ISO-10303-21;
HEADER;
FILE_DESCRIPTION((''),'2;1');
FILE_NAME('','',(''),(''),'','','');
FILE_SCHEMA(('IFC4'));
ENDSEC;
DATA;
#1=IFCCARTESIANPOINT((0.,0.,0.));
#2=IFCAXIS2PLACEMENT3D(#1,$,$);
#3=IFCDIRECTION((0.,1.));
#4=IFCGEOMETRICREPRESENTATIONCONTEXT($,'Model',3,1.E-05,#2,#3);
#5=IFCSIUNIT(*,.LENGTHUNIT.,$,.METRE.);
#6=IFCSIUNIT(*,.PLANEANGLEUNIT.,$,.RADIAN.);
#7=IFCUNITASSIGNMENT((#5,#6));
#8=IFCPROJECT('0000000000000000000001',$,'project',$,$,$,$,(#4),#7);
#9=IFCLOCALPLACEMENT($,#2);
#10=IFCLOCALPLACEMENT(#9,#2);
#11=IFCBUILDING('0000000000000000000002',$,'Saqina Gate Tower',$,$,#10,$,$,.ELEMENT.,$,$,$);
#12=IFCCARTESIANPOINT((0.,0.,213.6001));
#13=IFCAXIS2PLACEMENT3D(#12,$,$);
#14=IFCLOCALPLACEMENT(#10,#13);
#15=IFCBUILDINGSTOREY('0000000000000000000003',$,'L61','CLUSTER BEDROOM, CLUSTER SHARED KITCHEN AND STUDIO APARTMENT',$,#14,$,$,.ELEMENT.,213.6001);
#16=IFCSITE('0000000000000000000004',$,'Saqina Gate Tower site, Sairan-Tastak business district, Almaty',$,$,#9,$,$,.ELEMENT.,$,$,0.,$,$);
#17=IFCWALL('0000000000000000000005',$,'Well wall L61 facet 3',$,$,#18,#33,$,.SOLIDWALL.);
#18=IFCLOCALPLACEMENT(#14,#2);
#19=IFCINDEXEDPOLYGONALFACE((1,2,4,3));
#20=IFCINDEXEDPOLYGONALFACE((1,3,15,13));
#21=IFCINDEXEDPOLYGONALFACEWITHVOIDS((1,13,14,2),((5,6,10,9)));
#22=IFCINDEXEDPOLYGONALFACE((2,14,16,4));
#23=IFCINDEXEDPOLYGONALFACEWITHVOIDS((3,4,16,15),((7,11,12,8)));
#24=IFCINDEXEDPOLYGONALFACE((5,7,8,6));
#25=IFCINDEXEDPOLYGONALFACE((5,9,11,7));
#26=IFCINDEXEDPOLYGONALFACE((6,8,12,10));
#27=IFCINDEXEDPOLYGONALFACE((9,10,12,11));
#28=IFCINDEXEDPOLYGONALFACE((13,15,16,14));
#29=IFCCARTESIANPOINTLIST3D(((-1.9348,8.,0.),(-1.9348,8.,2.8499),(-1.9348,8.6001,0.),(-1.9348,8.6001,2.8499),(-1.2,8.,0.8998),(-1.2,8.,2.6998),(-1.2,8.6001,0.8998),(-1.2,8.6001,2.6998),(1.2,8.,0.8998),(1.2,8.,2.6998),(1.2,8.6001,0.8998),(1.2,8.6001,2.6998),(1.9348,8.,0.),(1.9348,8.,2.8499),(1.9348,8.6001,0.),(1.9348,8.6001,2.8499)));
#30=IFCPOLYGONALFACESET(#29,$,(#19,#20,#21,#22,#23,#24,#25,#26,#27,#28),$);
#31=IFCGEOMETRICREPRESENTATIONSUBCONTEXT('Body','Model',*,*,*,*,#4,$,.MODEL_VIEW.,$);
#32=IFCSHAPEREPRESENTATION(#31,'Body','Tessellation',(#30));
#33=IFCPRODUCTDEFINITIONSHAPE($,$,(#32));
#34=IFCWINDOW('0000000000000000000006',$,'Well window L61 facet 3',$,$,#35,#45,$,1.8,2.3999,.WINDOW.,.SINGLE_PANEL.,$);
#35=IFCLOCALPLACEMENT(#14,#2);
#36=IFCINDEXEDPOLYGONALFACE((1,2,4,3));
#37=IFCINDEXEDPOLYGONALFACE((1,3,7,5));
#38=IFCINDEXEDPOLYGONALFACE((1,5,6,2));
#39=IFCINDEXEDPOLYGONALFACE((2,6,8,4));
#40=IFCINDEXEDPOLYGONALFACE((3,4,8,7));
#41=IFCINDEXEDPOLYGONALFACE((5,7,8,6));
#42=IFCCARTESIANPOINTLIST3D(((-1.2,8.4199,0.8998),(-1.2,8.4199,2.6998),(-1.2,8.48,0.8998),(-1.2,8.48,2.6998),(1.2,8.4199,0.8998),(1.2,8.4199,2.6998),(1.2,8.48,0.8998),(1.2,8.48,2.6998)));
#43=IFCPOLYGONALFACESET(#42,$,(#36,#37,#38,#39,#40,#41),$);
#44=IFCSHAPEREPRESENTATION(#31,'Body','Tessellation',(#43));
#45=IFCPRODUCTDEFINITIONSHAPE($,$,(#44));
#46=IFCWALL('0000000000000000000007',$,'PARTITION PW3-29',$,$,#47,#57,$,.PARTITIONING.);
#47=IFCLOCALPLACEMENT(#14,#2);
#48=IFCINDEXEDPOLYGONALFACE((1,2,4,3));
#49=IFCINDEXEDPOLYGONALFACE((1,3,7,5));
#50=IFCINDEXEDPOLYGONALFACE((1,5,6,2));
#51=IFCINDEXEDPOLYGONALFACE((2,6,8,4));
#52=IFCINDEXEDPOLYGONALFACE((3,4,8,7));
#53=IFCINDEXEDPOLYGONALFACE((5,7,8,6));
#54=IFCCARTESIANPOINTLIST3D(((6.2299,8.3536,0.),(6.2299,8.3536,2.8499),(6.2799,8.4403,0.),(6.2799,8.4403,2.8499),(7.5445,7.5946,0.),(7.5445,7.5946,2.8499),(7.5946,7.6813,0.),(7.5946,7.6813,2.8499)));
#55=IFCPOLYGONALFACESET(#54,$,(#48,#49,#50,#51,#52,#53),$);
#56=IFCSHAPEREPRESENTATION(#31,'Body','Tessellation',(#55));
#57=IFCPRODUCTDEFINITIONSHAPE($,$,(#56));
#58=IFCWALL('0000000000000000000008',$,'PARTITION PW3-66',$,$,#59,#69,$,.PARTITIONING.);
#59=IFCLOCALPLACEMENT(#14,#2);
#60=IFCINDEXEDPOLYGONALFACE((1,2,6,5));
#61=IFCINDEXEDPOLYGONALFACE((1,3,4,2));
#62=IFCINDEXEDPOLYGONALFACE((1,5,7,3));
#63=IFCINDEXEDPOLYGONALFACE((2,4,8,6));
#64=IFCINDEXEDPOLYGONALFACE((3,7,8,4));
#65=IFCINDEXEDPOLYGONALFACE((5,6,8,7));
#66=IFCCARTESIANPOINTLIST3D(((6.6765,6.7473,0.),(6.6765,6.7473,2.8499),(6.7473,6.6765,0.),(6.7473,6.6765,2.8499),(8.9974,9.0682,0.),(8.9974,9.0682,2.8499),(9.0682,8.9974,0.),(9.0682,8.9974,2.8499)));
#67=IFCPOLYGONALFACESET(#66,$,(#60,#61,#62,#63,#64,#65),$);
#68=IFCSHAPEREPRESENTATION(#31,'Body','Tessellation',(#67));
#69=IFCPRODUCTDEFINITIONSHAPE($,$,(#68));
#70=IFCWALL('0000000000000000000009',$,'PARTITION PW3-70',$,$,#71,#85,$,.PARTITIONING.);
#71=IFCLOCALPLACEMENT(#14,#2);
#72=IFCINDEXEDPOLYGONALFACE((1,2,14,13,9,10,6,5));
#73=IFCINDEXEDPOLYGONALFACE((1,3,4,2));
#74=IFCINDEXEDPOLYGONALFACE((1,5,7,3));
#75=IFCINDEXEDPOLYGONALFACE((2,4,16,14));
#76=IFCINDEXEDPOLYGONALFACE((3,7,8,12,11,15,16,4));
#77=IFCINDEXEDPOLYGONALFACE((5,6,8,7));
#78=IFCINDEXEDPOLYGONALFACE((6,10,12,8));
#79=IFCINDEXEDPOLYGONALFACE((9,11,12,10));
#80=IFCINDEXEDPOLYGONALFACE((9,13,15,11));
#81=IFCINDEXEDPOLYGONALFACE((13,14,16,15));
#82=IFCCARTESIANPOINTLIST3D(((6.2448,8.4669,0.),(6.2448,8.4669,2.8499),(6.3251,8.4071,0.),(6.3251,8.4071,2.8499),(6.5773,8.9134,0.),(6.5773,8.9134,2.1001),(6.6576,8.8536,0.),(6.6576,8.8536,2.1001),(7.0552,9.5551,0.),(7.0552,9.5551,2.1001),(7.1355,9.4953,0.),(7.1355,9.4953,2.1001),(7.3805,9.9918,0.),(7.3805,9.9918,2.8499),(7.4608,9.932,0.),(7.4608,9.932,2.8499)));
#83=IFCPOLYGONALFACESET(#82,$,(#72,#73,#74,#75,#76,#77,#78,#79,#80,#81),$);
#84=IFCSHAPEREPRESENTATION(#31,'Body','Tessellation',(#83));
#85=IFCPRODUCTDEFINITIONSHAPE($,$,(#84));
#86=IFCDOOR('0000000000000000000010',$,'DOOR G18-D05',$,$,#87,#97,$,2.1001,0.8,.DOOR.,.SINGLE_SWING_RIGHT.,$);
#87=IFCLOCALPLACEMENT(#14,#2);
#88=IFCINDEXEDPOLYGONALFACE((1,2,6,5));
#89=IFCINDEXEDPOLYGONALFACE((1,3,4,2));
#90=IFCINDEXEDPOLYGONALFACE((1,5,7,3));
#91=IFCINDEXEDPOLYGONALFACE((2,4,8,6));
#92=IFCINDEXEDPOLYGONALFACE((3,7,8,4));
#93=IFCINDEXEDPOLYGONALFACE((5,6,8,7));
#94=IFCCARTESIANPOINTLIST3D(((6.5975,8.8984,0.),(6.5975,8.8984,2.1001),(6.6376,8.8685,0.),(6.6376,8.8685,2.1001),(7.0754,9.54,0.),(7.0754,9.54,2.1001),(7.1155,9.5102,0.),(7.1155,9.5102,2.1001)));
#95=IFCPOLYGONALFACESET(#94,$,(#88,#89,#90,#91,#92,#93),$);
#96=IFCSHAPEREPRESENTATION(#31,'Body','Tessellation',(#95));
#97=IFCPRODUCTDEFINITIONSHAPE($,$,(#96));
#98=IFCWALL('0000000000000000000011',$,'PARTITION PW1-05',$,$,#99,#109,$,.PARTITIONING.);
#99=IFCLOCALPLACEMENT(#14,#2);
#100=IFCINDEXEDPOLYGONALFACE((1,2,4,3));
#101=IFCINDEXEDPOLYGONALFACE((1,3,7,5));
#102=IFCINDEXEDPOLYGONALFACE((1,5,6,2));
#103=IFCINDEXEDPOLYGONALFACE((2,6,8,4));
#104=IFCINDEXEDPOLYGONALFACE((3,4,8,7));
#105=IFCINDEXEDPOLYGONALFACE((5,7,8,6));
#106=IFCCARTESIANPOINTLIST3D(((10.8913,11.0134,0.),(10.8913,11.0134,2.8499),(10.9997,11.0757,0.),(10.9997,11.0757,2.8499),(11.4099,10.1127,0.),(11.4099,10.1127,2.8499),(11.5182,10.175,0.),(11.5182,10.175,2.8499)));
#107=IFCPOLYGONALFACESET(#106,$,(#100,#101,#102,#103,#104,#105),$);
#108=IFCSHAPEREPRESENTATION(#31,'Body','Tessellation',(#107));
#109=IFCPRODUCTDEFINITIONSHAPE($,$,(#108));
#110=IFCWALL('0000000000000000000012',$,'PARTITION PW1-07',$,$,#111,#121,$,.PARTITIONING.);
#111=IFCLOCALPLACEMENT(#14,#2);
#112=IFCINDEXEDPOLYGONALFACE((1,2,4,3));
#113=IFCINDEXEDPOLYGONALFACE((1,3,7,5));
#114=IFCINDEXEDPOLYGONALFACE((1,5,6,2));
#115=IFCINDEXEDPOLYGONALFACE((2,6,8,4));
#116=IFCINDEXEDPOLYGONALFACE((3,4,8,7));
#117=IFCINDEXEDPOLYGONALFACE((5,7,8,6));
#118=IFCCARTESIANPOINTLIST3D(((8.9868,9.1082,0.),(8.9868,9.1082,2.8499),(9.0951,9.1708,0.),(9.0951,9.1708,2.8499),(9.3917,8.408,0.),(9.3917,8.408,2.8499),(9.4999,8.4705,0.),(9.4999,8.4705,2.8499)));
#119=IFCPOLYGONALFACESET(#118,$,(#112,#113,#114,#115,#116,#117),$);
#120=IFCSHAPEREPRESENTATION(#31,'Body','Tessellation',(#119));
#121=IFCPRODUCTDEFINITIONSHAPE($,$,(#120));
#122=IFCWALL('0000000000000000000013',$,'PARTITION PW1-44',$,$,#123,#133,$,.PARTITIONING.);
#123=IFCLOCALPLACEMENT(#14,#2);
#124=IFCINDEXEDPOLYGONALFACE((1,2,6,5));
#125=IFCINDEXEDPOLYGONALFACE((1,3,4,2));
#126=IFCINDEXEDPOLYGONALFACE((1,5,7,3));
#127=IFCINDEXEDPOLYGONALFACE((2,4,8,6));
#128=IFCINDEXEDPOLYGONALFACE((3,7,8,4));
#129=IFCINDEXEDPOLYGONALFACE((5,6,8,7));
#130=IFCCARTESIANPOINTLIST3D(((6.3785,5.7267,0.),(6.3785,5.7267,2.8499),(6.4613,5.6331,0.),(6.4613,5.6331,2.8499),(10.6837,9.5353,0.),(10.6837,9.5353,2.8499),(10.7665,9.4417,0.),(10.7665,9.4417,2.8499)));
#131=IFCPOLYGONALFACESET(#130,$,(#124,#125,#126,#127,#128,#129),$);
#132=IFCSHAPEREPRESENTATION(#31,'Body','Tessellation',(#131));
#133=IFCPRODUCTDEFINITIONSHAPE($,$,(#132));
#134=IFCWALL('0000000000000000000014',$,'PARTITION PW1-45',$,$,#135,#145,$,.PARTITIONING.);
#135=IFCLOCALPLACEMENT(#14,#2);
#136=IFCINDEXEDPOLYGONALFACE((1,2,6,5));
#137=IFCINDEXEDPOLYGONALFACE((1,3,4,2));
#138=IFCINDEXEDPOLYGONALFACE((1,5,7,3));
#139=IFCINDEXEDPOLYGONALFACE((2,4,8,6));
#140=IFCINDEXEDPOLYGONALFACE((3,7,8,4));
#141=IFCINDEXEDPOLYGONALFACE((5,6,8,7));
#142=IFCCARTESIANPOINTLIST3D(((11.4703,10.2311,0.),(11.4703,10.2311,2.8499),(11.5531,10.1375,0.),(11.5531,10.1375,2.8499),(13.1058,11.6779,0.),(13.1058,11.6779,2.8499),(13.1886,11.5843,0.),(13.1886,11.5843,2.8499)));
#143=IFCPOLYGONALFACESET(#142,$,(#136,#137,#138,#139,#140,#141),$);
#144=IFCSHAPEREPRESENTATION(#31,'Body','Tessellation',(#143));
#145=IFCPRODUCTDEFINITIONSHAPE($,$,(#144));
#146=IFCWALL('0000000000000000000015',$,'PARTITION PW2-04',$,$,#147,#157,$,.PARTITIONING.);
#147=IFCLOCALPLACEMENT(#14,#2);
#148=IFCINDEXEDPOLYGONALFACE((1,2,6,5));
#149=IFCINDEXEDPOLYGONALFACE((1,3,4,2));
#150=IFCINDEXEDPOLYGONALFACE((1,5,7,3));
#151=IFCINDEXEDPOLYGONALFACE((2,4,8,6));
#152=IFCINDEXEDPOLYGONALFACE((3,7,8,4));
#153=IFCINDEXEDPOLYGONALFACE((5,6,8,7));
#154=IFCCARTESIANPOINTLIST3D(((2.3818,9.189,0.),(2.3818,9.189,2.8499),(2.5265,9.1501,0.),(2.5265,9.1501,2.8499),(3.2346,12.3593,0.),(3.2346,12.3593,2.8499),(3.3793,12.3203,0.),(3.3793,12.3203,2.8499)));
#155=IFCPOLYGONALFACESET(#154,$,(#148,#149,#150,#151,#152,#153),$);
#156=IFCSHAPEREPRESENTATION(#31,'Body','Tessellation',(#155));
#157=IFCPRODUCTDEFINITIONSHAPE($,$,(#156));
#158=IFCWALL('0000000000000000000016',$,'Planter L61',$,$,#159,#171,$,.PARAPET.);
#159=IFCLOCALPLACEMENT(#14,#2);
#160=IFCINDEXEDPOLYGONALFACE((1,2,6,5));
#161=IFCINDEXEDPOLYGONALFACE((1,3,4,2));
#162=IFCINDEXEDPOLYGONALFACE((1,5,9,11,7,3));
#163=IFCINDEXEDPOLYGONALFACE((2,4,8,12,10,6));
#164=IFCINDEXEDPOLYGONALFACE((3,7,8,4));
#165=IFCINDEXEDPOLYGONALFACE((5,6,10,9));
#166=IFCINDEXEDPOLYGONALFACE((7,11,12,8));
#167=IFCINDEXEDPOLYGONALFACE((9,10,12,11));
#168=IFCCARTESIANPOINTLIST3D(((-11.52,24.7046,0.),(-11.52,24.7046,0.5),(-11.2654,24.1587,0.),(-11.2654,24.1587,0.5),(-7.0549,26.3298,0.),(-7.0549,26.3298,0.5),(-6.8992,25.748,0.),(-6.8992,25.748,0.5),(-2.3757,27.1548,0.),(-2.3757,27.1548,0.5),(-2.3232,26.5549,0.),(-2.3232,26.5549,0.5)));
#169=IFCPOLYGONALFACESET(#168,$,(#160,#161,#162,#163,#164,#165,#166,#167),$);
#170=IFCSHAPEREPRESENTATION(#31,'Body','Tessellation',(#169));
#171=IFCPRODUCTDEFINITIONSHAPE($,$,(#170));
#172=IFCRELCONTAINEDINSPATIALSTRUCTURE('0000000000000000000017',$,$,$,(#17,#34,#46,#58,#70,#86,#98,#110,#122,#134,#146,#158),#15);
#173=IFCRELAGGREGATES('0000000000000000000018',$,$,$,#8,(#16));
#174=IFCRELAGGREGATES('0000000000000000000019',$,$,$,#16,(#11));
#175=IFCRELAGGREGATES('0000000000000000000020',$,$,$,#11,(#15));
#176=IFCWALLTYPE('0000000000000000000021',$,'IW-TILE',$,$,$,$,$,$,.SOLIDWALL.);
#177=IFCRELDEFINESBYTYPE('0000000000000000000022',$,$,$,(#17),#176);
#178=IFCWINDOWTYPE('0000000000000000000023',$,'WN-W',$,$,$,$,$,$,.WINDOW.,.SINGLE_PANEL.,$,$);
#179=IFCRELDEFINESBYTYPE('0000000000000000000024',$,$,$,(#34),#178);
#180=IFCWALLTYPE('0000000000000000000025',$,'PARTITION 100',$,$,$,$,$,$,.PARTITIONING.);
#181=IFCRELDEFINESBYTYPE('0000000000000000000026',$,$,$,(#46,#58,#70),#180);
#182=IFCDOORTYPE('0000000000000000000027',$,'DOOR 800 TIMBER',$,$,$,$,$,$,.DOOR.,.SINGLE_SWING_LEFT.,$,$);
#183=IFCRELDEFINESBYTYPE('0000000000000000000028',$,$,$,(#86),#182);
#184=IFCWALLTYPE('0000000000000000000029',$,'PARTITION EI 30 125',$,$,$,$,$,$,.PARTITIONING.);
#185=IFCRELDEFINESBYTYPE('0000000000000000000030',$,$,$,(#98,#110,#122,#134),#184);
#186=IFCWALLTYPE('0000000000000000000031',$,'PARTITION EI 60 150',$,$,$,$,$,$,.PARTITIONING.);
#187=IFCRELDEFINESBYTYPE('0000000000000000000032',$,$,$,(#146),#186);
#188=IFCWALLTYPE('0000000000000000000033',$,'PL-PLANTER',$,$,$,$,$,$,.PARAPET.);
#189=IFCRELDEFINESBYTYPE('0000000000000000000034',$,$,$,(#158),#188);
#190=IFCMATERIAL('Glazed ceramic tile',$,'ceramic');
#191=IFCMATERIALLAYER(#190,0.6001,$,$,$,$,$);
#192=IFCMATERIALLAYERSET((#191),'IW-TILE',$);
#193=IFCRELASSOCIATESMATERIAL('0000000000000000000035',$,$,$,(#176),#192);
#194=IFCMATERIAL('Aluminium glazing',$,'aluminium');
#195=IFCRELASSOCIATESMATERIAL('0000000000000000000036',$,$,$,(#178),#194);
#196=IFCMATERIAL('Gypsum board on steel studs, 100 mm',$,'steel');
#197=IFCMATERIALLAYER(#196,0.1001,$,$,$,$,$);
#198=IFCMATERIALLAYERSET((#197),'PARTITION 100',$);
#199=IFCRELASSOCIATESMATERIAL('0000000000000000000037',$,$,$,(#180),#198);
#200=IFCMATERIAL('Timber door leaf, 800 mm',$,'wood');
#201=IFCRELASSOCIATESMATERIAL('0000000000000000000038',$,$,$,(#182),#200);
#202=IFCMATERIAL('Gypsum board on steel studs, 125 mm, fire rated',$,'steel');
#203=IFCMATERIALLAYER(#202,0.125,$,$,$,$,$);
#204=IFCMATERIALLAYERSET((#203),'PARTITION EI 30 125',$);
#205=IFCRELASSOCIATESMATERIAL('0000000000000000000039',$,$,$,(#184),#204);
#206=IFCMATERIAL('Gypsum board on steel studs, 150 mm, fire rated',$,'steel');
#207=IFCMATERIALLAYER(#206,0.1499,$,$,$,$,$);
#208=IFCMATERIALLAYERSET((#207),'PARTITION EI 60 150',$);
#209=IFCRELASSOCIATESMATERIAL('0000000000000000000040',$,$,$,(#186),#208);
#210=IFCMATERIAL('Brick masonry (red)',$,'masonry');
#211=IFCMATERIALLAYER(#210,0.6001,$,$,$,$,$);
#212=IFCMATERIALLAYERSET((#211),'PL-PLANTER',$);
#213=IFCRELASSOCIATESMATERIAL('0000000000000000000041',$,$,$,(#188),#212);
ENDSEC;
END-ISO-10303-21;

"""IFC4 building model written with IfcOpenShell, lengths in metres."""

from ifc_helpers import new_model, si_unit, direction, frame, frame_2d, origin, place, context, subcontext, project, spatial, polyline, rectangle, outline, extrude, material, layer, layer_set, type_object, element, fill, save


model = new_model("IFC4")

# Units and contexts
model_context = context("Model", 3, precision=1e-05, world=origin(), true_north=direction((0.0, 1.0)))
body_context = subcontext(model_context, "Body", "Model", "MODEL_VIEW")
ifc_project = project(units=[si_unit("LENGTHUNIT", "METRE"), si_unit("PLANEANGLEUNIT", "RADIAN")], contexts=[model_context])

# Site, building, storey
site_placement = place(None, origin())
site = spatial("IfcSite", under=ifc_project, at=site_placement, Name="Saqina Gate Tower site, Sairan-Tastak business district, Almaty", CompositionType="ELEMENT", RefElevation=0.0)
building_placement = place(site_placement, origin())
building = spatial("IfcBuilding", under=site, at=building_placement, Name="Saqina Gate Tower", CompositionType="ELEMENT")
storey_placement = place(building_placement, frame((0.0, 0.0, 213.6001)))
storey = spatial("IfcBuildingStorey", under=building, at=storey_placement, Name="L61", Description="CLUSTER BEDROOM, CLUSTER SHARED KITCHEN AND STUDIO APARTMENT", CompositionType="ELEMENT", Elevation=213.6001)

# Wall, opening, window
ifc_material_1 = material(Name="Glazed ceramic tile", Category="ceramic")
ifc_layer_1 = layer(ifc_material_1, 0.6001)
ifc_layer_set_1 = layer_set([ifc_layer_1], Name="IW-TILE")
wall_type_1 = type_object("IfcWallType", Name="IW-TILE", PredefinedType="SOLIDWALL", material=ifc_layer_set_1)
ifc_material_2 = material(Name="Aluminium glazing", Category="aluminium")
window_type = type_object("IfcWindowType", Name="WN-W", PartitioningType="SINGLE_PANEL", PredefinedType="WINDOW", material=ifc_material_2)
wall_1_placement = place(storey_placement, frame((1.9348, 8.3, 0.0), z_axis=(0.0, 0.0, 1.0), x_axis=(-1.0, 0.0, 0.0)))
wall_1 = element("IfcWall", 1, at=wall_1_placement, inside=storey, type_object=wall_type_1, Name="Well wall L61 facet 3", PredefinedType="SOLIDWALL", context=body_context, shape_type="SweptSolid", body=[
    extrude(rectangle(XDim=3.8696, YDim=0.6001, at=frame_2d((1.9348, 0.0))), origin(), (0.0, 0.0, 1.0), 2.8499),
])
opening_1_placement = place(wall_1_placement, frame((0.7349, 0.0, 0.8999)))
opening_1 = element("IfcOpeningElement", 2, at=opening_1_placement, cuts=wall_1, PredefinedType="OPENING", context=body_context, shape_type="SweptSolid", body=[
    extrude(rectangle(XDim=2.3999, YDim=1.8, at=frame_2d((1.2, 0.8999))), frame((0.0, 0.312, 0.0), z_axis=(0.0, -1.0, 0.0), x_axis=(1.0, 0.0, 0.0)), (0.0, 0.0, 1.0), 0.624),
])
window_1_placement = place(opening_1_placement, origin())
window_1 = element("IfcWindow", 3, at=window_1_placement, inside=storey, type_object=window_type, Name="Well window L61 facet 3", OverallHeight=1.8, OverallWidth=2.3999, PartitioningType="SINGLE_PANEL", PredefinedType="WINDOW", context=body_context, shape_type="SweptSolid", body=[
    extrude(rectangle(XDim=2.3999, YDim=1.8, at=frame_2d((1.2, 0.8999))), frame((0.0, -0.1199, 0.0), z_axis=(0.0, -1.0, 0.0), x_axis=(1.0, 0.0, 0.0)), (0.0, 0.0, 1.0), 0.0601),
])
fill(opening_1, window_1)

# Walls
ifc_material_3 = material(Name="Gypsum board on steel studs, 100 mm", Category="steel")
ifc_layer_2 = layer(ifc_material_3, 0.1001)
ifc_layer_set_2 = layer_set([ifc_layer_2], Name="PARTITION 100")
wall_type_2 = type_object("IfcWallType", Name="PARTITION 100", PredefinedType="PARTITIONING", material=ifc_layer_set_2)
wall_2_placement = place(storey_placement, frame((6.2549, 8.397, 0.0), z_axis=(0.0, 0.0, 1.0), x_axis=(0.866028, -0.499996, 0.0)))
element("IfcWall", 4, at=wall_2_placement, inside=storey, type_object=wall_type_2, Name="PARTITION PW3-29", PredefinedType="PARTITIONING", context=body_context, shape_type="SweptSolid", body=[
    extrude(rectangle(XDim=1.5181, YDim=0.1001, at=frame_2d((0.759, 0.0))), origin(), (0.0, 0.0, 1.0), 2.8499),
])
wall_3_placement = place(storey_placement, frame((6.7119, 6.7119, 0.0), z_axis=(0.0, 0.0, 1.0), x_axis=(0.707107, 0.707107, 0.0)))
element("IfcWall", 5, at=wall_3_placement, inside=storey, type_object=wall_type_2, Name="PARTITION PW3-66", PredefinedType="PARTITIONING", context=body_context, shape_type="SweptSolid", body=[
    extrude(rectangle(XDim=3.2822, YDim=0.1001, at=frame_2d((1.6411, 0.0))), origin(), (0.0, 0.0, 1.0), 2.8499),
])

# Wall, opening, door
wall_4_placement = place(storey_placement, frame((6.2849, 8.437, 0.0), z_axis=(0.0, 0.0, 1.0), x_axis=(0.597326, 0.801999, 0.0)))
wall_4 = element("IfcWall", 6, at=wall_4_placement, inside=storey, type_object=wall_type_2, Name="PARTITION PW3-70", PredefinedType="PARTITIONING", context=body_context, shape_type="SweptSolid", body=[
    extrude(rectangle(XDim=1.9014, YDim=0.1001, at=frame_2d((0.9507, 0.0))), origin(), (0.0, 0.0, 1.0), 2.8499),
])
opening_2_placement = place(wall_4_placement, frame((0.5569, 0.0, 0.0)))
opening_2 = element("IfcOpeningElement", 7, at=opening_2_placement, cuts=wall_4, PredefinedType="OPENING", context=body_context, shape_type="SweptSolid", body=[
    extrude(rectangle(XDim=0.8, YDim=2.1001, at=frame_2d((0.3999, 1.05))), frame((0.0, 0.062, 0.0), z_axis=(0.0, -1.0, 0.0), x_axis=(1.0, 0.0, 0.0)), (0.0, 0.0, 1.0), 0.124),
])
ifc_material_4 = material(Name="Timber door leaf, 800 mm", Category="wood")
door_type = type_object("IfcDoorType", Name="DOOR 800 TIMBER", OperationType="SINGLE_SWING_LEFT", PredefinedType="DOOR", material=ifc_material_4)
door_placement = place(opening_2_placement, origin())
door = element("IfcDoor", 8, at=door_placement, inside=storey, type_object=door_type, Name="DOOR G18-D05", OperationType="SINGLE_SWING_RIGHT", OverallHeight=2.1001, OverallWidth=0.8, PredefinedType="DOOR", context=body_context, shape_type="SweptSolid", body=[
    extrude(rectangle(XDim=0.8, YDim=2.1001, at=frame_2d((0.3999, 1.05))), frame((0.0, 0.0249, 0.0), z_axis=(0.0, -1.0, 0.0), x_axis=(1.0, 0.0, 0.0)), (0.0, 0.0, 1.0), 0.05),
])
fill(opening_2, door)

# Walls
ifc_material_5 = material(Name="Gypsum board on steel studs, 125 mm, fire rated", Category="steel")
ifc_layer_3 = layer(ifc_material_5, 0.125)
ifc_layer_set_3 = layer_set([ifc_layer_3], Name="PARTITION EI 30 125")
wall_type_3 = type_object("IfcWallType", Name="PARTITION EI 30 125", PredefinedType="PARTITIONING", material=ifc_layer_set_3)
wall_5_placement = place(storey_placement, frame((10.9456, 11.0444, 0.0), z_axis=(0.0, 0.0, 1.0), x_axis=(0.49897, -0.866619, 0.0)))
element("IfcWall", 9, at=wall_5_placement, inside=storey, type_object=wall_type_3, Name="PARTITION PW1-05", PredefinedType="PARTITIONING", context=body_context, shape_type="SweptSolid", body=[
    extrude(rectangle(XDim=1.0393, YDim=0.125, at=frame_2d((0.5195, 0.0))), origin(), (0.0, 0.0, 1.0), 2.8499),
])
wall_6_placement = place(storey_placement, frame((9.041, 9.1394, 0.0), z_axis=(0.0, 0.0, 1.0), x_axis=(0.500489, -0.865743, 0.0)))
element("IfcWall", 10, at=wall_6_placement, inside=storey, type_object=wall_type_3, Name="PARTITION PW1-07", PredefinedType="PARTITIONING", context=body_context, shape_type="SweptSolid", body=[
    extrude(rectangle(XDim=0.8088, YDim=0.125, at=frame_2d((0.4043, 0.0))), origin(), (0.0, 0.0, 1.0), 2.8499),
])
wall_7_placement = place(storey_placement, frame((6.4199, 5.6799, 0.0), z_axis=(0.0, 0.0, 1.0), x_axis=(0.748982, 0.66259, 0.0)))
element("IfcWall", 11, at=wall_7_placement, inside=storey, type_object=wall_type_3, Name="PARTITION PW1-44", PredefinedType="PARTITIONING", context=body_context, shape_type="SweptSolid", body=[
    extrude(rectangle(XDim=5.748, YDim=0.125, at=frame_2d((2.874, 0.0))), origin(), (0.0, 0.0, 1.0), 2.8499),
])
wall_8_placement = place(storey_placement, frame((11.5117, 10.1843, 0.0), z_axis=(0.0, 0.0, 1.0), x_axis=(0.748999, 0.662571, 0.0)))
element("IfcWall", 12, at=wall_8_placement, inside=storey, type_object=wall_type_3, Name="PARTITION PW1-45", PredefinedType="PARTITIONING", context=body_context, shape_type="SweptSolid", body=[
    extrude(rectangle(XDim=2.1836, YDim=0.125, at=frame_2d((1.0918, 0.0))), origin(), (0.0, 0.0, 1.0), 2.8499),
])
ifc_material_6 = material(Name="Gypsum board on steel studs, 150 mm, fire rated", Category="steel")
ifc_layer_4 = layer(ifc_material_6, 0.1499)
ifc_layer_set_4 = layer_set([ifc_layer_4], Name="PARTITION EI 60 150")
wall_type_4 = type_object("IfcWallType", Name="PARTITION EI 60 150", PredefinedType="PARTITIONING", material=ifc_layer_set_4)
wall_9_placement = place(storey_placement, frame((2.4541, 9.1694, 0.0), z_axis=(0.0, 0.0, 1.0), x_axis=(0.259768, 0.965671, 0.0)))
element("IfcWall", 13, at=wall_9_placement, inside=storey, type_object=wall_type_4, Name="PARTITION PW2-04", PredefinedType="PARTITIONING", context=body_context, shape_type="SweptSolid", body=[
    extrude(rectangle(XDim=3.283, YDim=0.1499, at=frame_2d((1.6416, 0.0))), origin(), (0.0, 0.0, 1.0), 2.8499),
])
ifc_material_7 = material(Name="Brick masonry (red)", Category="masonry")
ifc_layer_5 = layer(ifc_material_7, 0.6001)
ifc_layer_set_5 = layer_set([ifc_layer_5], Name="PL-PLANTER")
wall_type_5 = type_object("IfcWallType", Name="PL-PLANTER", PredefinedType="PARAPET", material=ifc_layer_set_5)
wall_10_placement = place(storey_placement, origin())
element("IfcWall", 14, at=wall_10_placement, inside=storey, type_object=wall_type_5, Name="Planter L61", PredefinedType="PARAPET", context=body_context, shape_type="SweptSolid", body=[
    extrude(outline(polyline([(-2.3757, 27.1548), (-7.0549, 26.3298), (-11.52, 24.7046), (-11.2654, 24.1587), (-6.8992, 25.748), (-2.3232, 26.5549), (-2.3757, 27.1548)])), origin(), (0.0, 0.0, 1.0), 0.5),
])

save(model, "model.ifc")
